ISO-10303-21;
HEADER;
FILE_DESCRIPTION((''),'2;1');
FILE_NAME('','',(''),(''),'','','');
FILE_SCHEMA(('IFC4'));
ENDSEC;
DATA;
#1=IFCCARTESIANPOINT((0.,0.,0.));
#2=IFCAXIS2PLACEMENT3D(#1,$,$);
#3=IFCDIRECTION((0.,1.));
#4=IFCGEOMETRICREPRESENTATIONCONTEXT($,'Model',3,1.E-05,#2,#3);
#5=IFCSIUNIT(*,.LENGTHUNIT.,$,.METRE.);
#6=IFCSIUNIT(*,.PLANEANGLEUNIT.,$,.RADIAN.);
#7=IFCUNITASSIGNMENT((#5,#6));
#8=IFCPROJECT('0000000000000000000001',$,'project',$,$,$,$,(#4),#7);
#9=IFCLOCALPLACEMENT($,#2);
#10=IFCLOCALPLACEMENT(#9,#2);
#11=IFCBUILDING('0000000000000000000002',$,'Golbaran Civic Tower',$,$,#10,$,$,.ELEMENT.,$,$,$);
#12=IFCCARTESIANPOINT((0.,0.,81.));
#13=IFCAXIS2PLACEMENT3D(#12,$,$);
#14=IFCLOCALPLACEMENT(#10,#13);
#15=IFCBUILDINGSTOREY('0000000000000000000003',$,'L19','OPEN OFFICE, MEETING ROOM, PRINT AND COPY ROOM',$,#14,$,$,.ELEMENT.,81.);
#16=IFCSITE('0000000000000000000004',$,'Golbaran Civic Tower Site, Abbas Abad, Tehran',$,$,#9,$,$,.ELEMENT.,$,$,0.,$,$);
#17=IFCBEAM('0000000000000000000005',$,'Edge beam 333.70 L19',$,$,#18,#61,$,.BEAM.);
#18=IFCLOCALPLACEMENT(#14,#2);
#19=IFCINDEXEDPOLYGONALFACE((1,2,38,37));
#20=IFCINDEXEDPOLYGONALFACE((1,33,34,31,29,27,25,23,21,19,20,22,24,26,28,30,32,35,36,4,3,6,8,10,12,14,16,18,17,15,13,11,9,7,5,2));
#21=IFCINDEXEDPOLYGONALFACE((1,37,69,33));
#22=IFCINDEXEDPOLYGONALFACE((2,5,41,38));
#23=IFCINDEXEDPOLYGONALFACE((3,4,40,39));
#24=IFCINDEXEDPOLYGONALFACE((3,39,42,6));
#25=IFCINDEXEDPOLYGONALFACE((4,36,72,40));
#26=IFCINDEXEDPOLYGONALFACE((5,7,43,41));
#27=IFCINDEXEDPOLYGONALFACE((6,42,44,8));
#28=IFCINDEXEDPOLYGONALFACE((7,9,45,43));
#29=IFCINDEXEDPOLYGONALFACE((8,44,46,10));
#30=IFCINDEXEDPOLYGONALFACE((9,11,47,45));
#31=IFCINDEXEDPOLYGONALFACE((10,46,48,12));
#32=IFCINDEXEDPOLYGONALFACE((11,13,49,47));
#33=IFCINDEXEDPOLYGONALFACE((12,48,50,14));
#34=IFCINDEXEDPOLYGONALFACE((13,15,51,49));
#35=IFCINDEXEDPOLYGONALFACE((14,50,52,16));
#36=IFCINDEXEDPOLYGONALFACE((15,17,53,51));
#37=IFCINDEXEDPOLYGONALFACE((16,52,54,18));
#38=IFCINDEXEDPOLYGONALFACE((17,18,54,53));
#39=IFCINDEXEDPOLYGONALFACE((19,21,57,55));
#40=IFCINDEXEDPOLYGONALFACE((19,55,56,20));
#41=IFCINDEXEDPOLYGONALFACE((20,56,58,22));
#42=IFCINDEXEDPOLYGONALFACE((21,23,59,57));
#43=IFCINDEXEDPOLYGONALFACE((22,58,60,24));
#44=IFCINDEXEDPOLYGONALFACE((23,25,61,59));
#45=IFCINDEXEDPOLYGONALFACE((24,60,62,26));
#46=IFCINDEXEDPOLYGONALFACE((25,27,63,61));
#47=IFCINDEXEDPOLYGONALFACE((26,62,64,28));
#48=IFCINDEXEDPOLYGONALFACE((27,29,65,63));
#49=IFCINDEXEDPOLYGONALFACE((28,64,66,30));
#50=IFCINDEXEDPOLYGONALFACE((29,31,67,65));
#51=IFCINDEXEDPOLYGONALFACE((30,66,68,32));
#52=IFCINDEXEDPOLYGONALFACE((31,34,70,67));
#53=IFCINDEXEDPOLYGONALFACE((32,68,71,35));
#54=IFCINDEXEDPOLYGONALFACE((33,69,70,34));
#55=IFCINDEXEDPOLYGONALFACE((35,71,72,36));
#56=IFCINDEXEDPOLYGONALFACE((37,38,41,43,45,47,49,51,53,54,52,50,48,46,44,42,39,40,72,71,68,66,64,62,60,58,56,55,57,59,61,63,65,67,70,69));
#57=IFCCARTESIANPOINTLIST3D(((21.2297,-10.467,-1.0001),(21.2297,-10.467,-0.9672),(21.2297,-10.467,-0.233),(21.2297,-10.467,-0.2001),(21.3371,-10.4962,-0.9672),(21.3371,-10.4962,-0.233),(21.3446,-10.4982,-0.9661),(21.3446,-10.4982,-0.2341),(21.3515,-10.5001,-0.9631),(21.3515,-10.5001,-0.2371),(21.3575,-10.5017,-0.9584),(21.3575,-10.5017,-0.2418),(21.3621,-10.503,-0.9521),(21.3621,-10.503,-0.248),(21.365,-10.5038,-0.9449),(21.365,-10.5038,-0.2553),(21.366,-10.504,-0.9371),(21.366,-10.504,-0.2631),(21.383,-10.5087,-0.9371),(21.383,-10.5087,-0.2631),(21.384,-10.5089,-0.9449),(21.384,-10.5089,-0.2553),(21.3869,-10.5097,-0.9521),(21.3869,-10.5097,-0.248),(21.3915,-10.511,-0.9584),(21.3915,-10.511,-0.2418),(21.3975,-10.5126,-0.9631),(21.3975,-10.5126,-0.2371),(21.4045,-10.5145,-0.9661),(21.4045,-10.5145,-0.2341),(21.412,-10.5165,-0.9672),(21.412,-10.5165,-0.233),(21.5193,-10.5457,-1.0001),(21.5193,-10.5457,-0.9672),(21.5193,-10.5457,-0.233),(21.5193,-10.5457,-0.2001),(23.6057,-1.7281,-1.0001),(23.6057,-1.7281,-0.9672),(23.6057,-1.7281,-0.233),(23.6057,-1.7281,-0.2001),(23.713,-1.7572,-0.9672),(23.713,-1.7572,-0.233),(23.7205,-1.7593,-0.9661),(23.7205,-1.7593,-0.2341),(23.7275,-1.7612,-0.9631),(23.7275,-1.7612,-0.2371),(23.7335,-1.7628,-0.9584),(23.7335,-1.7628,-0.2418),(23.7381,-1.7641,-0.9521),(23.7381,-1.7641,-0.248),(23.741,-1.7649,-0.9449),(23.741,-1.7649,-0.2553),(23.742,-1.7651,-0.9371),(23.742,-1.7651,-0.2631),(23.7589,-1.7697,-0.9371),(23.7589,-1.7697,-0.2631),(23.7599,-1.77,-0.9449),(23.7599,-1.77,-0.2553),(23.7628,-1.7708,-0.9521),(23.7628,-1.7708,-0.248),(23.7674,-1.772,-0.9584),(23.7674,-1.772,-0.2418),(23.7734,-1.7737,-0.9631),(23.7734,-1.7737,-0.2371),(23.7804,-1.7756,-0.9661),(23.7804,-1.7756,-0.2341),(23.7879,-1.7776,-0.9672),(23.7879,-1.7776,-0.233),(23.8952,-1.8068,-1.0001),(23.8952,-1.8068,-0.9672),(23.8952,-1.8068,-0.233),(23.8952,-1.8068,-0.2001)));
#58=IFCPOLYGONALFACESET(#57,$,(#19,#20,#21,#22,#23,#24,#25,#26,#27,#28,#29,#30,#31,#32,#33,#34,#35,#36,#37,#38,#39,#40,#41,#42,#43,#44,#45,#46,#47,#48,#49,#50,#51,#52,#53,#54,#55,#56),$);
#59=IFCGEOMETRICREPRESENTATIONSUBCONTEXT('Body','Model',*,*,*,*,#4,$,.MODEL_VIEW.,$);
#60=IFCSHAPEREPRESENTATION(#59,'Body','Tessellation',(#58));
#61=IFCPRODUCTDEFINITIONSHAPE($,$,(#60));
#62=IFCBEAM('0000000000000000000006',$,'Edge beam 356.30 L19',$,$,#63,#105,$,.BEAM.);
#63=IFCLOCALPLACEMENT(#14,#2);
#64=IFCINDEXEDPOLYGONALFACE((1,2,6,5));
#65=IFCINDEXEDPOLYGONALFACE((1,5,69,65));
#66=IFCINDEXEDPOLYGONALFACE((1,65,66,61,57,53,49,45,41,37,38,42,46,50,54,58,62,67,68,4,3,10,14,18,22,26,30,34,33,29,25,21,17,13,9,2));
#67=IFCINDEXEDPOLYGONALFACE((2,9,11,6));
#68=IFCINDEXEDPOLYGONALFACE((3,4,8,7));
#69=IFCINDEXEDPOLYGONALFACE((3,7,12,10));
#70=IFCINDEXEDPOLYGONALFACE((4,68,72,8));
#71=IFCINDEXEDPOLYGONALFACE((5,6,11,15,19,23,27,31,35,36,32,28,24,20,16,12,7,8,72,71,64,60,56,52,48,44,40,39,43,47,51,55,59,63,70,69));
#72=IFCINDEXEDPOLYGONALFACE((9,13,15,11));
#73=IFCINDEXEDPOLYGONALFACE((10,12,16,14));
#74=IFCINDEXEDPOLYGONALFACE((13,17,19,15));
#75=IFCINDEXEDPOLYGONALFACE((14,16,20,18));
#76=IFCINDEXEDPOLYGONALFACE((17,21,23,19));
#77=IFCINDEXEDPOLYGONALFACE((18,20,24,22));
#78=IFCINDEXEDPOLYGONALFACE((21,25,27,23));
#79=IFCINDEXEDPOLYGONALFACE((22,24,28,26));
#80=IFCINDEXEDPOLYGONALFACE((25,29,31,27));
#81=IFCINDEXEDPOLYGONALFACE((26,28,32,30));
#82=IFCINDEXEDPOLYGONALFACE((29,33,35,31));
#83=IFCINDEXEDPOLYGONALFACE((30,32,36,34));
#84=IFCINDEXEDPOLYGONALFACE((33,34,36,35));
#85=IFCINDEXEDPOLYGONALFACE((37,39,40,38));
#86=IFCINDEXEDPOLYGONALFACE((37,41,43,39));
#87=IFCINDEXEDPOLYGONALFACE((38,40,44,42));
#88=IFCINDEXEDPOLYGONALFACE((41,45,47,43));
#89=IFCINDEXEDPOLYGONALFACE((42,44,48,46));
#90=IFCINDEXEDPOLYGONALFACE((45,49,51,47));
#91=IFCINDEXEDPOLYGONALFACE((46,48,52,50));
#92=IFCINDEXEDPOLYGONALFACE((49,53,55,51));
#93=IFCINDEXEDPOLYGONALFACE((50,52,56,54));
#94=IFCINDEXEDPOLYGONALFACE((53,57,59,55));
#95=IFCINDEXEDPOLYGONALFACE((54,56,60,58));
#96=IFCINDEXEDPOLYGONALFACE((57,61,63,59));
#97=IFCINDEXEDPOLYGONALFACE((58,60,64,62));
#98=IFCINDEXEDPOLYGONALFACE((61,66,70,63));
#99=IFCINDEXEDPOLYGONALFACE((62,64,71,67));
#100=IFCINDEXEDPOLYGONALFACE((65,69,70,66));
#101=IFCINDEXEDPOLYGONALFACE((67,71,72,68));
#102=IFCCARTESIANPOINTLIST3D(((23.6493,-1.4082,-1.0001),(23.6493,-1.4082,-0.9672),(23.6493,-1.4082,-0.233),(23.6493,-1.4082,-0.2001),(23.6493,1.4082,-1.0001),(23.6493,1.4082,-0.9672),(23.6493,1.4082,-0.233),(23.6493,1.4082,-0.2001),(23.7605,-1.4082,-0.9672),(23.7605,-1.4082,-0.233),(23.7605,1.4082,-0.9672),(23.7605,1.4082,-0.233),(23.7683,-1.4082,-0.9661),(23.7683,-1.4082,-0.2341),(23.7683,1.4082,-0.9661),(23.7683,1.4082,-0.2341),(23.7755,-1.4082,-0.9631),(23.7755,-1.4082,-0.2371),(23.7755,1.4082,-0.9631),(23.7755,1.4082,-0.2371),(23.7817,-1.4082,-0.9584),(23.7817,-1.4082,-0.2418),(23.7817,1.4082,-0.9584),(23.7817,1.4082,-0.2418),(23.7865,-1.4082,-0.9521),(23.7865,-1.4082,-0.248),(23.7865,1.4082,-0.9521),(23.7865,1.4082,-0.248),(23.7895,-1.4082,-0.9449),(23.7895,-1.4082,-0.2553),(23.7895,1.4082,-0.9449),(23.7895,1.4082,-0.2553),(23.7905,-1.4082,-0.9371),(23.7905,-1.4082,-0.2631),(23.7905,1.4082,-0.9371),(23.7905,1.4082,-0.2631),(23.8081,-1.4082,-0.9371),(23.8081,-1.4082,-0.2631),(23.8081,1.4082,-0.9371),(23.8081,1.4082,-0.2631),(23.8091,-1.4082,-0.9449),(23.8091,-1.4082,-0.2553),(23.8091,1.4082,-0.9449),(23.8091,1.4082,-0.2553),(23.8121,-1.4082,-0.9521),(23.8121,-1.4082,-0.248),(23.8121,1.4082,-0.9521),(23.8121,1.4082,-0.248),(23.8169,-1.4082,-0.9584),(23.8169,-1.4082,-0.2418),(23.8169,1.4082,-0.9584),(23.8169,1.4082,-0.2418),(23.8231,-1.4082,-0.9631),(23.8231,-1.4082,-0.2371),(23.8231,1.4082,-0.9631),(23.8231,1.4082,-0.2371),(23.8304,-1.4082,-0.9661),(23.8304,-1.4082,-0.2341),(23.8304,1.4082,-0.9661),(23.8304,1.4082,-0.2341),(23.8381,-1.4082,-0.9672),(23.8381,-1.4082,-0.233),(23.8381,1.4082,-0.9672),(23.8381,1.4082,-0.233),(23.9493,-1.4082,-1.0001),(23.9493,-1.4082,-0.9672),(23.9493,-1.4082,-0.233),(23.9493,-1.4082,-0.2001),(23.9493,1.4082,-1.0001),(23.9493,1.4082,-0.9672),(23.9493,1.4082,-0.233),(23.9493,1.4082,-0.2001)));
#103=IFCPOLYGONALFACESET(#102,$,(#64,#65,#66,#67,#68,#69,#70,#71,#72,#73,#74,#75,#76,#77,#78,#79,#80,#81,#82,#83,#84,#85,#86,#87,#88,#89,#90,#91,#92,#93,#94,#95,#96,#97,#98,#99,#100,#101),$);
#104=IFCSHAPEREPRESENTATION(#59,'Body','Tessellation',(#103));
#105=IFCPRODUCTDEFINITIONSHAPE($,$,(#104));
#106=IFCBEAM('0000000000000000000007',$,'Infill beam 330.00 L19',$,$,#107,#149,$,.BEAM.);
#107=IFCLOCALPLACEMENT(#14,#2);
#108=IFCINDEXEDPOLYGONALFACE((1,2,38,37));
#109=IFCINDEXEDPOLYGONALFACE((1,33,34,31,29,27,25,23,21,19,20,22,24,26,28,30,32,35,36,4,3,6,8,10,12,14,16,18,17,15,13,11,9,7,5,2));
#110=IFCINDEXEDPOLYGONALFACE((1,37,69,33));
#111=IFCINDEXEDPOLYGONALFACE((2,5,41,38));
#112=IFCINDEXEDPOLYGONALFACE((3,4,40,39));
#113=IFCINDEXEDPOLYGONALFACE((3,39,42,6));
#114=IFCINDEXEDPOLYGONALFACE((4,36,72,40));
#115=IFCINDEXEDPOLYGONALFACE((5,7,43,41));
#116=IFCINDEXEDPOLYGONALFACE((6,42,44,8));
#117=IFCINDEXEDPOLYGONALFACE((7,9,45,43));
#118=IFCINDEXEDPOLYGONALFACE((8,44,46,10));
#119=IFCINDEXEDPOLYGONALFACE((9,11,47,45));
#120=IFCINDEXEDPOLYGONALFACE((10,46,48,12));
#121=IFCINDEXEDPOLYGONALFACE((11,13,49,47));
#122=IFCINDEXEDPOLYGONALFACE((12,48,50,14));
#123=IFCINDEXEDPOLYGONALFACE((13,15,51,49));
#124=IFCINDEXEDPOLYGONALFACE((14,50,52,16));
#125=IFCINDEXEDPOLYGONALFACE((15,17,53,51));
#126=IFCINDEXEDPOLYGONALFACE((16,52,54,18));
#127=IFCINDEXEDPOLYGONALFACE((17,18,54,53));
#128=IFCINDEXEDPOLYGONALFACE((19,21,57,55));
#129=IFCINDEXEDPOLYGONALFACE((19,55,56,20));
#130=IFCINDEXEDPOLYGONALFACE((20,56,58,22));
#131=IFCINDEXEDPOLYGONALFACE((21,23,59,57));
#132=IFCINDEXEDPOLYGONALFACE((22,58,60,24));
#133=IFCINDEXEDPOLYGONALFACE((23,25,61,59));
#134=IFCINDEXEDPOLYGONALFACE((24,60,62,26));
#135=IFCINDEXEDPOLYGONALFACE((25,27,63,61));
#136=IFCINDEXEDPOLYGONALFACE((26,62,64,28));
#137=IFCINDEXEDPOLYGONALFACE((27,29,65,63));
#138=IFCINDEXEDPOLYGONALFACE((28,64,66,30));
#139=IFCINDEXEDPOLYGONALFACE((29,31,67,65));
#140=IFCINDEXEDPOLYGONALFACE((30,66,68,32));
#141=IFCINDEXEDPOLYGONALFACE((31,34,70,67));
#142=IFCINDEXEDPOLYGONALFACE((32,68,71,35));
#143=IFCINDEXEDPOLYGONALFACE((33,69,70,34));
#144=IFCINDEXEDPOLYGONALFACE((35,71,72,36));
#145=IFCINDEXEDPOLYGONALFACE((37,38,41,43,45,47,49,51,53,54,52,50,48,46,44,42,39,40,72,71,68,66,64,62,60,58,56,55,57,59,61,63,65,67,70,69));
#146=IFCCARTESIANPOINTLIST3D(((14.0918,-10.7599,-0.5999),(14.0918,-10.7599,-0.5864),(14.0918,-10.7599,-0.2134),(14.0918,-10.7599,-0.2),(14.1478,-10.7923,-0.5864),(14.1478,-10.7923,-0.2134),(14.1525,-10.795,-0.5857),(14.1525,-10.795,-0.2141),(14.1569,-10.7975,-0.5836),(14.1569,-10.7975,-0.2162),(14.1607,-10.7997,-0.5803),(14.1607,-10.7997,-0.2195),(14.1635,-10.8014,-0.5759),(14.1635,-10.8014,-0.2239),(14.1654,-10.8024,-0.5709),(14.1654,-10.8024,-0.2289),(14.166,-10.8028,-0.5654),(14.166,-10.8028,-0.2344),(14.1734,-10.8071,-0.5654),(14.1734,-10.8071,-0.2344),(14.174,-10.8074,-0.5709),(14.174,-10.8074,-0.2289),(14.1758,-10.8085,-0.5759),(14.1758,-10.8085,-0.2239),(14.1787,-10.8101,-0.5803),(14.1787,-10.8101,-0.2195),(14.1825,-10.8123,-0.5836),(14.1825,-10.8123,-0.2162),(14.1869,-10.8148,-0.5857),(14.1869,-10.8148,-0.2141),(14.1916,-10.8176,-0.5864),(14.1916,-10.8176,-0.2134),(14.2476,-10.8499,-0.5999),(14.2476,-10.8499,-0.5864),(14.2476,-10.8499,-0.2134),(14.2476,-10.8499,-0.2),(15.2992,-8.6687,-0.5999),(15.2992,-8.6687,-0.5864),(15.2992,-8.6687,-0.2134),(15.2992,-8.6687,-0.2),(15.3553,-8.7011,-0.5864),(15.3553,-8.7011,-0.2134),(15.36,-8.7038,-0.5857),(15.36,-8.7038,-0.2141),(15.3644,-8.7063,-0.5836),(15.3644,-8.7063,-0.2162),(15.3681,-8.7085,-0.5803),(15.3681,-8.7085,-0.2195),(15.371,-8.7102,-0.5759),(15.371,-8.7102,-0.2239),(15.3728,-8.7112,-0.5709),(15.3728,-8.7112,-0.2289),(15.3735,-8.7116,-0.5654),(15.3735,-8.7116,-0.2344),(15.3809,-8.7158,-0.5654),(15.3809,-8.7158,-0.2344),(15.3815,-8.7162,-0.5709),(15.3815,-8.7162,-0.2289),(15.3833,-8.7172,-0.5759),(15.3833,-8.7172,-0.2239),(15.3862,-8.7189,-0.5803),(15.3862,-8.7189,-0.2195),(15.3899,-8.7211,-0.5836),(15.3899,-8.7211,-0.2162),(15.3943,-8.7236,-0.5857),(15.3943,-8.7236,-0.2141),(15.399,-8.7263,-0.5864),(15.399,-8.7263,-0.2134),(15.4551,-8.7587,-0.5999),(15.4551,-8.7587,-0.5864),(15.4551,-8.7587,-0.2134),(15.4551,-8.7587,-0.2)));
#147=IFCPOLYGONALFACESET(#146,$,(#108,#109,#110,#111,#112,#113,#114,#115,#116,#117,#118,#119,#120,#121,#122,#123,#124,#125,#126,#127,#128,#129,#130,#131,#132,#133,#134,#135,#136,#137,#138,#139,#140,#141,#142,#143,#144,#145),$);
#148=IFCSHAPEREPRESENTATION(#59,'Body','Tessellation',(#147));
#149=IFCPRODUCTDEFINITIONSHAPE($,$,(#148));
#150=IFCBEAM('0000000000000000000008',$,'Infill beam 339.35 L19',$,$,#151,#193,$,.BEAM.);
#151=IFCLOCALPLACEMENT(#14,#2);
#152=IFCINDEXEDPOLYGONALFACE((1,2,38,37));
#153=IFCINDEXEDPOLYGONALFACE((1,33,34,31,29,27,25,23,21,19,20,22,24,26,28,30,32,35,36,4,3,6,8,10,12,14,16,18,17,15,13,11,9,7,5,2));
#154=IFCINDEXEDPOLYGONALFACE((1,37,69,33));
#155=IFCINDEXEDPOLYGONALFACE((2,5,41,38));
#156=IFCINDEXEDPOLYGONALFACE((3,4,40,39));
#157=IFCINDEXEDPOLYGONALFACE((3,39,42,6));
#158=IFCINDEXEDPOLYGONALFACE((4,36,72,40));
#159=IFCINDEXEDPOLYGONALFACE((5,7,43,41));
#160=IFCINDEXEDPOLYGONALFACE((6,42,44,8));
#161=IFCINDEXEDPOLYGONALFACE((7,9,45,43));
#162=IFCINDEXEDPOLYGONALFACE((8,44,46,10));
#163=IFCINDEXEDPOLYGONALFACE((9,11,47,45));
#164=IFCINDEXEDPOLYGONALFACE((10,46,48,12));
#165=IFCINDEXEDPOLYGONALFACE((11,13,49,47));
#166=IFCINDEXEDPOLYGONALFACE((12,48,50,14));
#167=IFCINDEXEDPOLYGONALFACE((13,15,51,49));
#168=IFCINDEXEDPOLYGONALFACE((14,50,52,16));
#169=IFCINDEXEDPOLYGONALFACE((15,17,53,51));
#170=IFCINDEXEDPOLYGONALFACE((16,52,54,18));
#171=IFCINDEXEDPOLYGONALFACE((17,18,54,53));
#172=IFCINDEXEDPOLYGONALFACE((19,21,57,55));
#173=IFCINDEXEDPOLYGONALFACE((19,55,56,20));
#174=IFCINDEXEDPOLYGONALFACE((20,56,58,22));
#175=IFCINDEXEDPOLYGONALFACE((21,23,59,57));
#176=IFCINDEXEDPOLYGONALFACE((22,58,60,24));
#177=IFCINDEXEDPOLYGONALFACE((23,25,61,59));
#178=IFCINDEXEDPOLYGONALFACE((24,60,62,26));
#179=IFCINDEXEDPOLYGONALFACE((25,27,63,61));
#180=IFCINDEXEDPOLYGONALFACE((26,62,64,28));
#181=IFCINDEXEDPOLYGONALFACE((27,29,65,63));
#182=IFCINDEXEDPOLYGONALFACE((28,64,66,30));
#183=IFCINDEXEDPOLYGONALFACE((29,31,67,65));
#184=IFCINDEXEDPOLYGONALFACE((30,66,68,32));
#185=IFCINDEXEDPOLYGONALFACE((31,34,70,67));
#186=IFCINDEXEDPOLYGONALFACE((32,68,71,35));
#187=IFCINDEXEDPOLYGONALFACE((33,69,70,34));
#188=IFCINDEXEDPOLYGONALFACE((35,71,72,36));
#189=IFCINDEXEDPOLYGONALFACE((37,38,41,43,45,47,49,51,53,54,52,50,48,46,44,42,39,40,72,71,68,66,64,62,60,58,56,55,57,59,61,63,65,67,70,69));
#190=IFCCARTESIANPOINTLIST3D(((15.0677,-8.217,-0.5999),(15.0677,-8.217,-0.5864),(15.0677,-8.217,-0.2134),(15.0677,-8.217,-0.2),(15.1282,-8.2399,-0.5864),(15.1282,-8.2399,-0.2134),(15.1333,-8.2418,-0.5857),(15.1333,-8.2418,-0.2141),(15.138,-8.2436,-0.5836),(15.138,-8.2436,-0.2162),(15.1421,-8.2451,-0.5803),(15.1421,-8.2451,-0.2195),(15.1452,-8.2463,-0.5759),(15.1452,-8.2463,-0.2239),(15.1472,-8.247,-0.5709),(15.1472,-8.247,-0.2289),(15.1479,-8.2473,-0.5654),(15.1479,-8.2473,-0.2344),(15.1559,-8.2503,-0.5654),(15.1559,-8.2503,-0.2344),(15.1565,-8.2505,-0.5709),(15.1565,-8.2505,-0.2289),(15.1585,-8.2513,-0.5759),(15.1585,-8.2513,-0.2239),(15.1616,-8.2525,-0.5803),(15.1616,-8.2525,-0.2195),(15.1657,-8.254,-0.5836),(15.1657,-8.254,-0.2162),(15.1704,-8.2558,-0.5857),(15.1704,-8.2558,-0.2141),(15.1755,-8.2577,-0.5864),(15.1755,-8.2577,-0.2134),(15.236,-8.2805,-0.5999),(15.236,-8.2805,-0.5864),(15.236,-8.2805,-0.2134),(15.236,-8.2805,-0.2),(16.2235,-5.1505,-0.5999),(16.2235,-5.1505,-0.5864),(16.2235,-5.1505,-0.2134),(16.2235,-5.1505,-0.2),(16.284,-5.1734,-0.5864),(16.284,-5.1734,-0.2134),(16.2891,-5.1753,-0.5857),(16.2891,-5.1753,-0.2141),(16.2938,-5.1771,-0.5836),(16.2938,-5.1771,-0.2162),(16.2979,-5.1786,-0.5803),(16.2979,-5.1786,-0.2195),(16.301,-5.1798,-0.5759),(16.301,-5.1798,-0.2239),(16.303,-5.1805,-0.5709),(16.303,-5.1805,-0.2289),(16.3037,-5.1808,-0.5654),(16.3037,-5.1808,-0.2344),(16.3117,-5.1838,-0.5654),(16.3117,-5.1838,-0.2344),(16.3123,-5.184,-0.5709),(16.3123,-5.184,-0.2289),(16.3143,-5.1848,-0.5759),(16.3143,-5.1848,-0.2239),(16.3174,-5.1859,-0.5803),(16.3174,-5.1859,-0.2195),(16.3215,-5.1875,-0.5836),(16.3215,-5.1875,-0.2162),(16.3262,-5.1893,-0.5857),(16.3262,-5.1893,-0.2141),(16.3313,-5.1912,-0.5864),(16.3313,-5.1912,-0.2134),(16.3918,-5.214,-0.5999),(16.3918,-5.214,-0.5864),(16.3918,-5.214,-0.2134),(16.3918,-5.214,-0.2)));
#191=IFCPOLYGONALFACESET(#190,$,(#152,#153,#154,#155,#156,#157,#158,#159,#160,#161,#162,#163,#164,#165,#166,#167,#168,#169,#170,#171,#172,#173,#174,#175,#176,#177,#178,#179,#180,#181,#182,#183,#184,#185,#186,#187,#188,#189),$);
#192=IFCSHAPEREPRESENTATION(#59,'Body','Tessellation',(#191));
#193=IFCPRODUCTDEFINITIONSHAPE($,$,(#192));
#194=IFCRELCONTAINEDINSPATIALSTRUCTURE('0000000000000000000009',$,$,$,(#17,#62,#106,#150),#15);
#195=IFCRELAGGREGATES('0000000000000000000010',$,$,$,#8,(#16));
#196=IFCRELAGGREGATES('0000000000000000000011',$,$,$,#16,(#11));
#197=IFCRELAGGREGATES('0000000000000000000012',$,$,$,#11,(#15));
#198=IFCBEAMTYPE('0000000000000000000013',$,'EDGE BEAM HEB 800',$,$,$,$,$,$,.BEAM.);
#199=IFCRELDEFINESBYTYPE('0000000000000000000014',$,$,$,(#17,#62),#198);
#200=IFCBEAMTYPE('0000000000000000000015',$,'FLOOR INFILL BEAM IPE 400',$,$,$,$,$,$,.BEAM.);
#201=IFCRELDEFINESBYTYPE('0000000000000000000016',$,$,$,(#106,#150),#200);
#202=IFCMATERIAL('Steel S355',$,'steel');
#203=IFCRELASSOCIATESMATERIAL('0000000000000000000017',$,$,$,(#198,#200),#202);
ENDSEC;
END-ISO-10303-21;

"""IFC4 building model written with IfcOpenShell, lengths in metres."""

from ifc_helpers import new_model, si_unit, direction, frame, origin, origin_2d, place, context, subcontext, project, spatial, i_section, extrude, material, material_profile, profile_set, type_object, element, save


model = new_model("IFC4")

# Units and contexts
model_context = context("Model", 3, precision=1e-05, world=origin(), true_north=direction((0.0, 1.0)))
body_context = subcontext(model_context, "Body", "Model", "MODEL_VIEW")
ifc_project = project(units=[si_unit("LENGTHUNIT", "METRE"), si_unit("PLANEANGLEUNIT", "RADIAN")], contexts=[model_context])

# Site, building, storey
site_placement = place(None, origin())
site = spatial("IfcSite", under=ifc_project, at=site_placement, Name="Golbaran Civic Tower Site, Abbas Abad, Tehran", CompositionType="ELEMENT", RefElevation=0.0)
building_placement = place(site_placement, origin())
building = spatial("IfcBuilding", under=site, at=building_placement, Name="Golbaran Civic Tower", CompositionType="ELEMENT")
storey_placement = place(building_placement, frame((0.0, 0.0, 81.0)))
storey = spatial("IfcBuildingStorey", under=building, at=storey_placement, Name="L19", Description="OPEN OFFICE, MEETING ROOM, PRINT AND COPY ROOM", CompositionType="ELEMENT", Elevation=81.0)

# Beams
ifc_material_1 = material(Name="Steel S355", Category="steel")
ifc_material_profile_1 = material_profile(ifc_material_1, i_section(OverallWidth=0.3, OverallDepth=0.8, WebThickness=0.0176, FlangeThickness=0.033, FilletRadius=0.03, at=origin_2d()), Name="HEB 800")
ifc_profile_set_1 = profile_set([ifc_material_profile_1], Name="Steel S355")
beam_type_1 = type_object("IfcBeamType", Name="EDGE BEAM HEB 800", PredefinedType="BEAM", material=ifc_profile_set_1)
beam_1_placement = place(storey_placement, frame((21.3745, -10.5063, -0.6001), z_axis=(0.262358, 0.964971, 0.0), x_axis=(-0.964971, 0.262358, 0.0)))
element("IfcBeam", 1, at=beam_1_placement, inside=storey, type_object=beam_type_1, Name="Edge beam 333.70 L19", PredefinedType="BEAM", context=body_context, shape_type="SweptSolid", body=[
    extrude(i_section(OverallWidth=0.3, OverallDepth=0.8, WebThickness=0.0176, FlangeThickness=0.033, FilletRadius=0.03, at=origin_2d()), origin(), (0.0, 0.0, 1.0), 9.0562),
])
beam_2_placement = place(storey_placement, frame((23.7993, -1.4082, -0.6001), z_axis=(0.0, 1.0, 0.0), x_axis=(-1.0, 0.0, 0.0)))
element("IfcBeam", 2, at=beam_2_placement, inside=storey, type_object=beam_type_1, Name="Edge beam 356.30 L19", PredefinedType="BEAM", context=body_context, shape_type="SweptSolid", body=[
    extrude(i_section(OverallWidth=0.3, OverallDepth=0.8, WebThickness=0.0176, FlangeThickness=0.033, FilletRadius=0.03, at=origin_2d()), origin(), (0.0, 0.0, 1.0), 2.8164),
])
ifc_material_profile_2 = material_profile(ifc_material_1, i_section(OverallWidth=0.1799, OverallDepth=0.3999, WebThickness=0.0085, FlangeThickness=0.0134, FilletRadius=0.021, at=origin_2d()), Name="IPE 400")
ifc_profile_set_2 = profile_set([ifc_material_profile_2], Name="Steel S355")
beam_type_2 = type_object("IfcBeamType", Name="FLOOR INFILL BEAM IPE 400", PredefinedType="BEAM", material=ifc_profile_set_2)
beam_3_placement = place(storey_placement, frame((14.1697, -10.8049, -0.3999), z_axis=(0.500032, 0.866007, 0.0), x_axis=(-0.866007, 0.500032, 0.0)))
element("IfcBeam", 3, at=beam_3_placement, inside=storey, type_object=beam_type_2, Name="Infill beam 330.00 L19", PredefinedType="BEAM", context=body_context, shape_type="SweptSolid", body=[
    extrude(i_section(OverallWidth=0.1799, OverallDepth=0.3999, WebThickness=0.0085, FlangeThickness=0.0134, FilletRadius=0.021, at=origin_2d()), origin(), (0.0, 0.0, 1.0), 2.4148),
])
beam_4_placement = place(storey_placement, frame((15.1519, -8.2488, -0.3999), z_axis=(0.352691, 0.93574, 0.0), x_axis=(-0.93574, 0.352691, 0.0)))
element("IfcBeam", 4, at=beam_4_placement, inside=storey, type_object=beam_type_2, Name="Infill beam 339.35 L19", PredefinedType="BEAM", context=body_context, shape_type="SweptSolid", body=[
    extrude(i_section(OverallWidth=0.1799, OverallDepth=0.3999, WebThickness=0.0085, FlangeThickness=0.0134, FilletRadius=0.021, at=origin_2d()), origin(), (0.0, 0.0, 1.0), 3.2771),
])

save(model, "model.ifc")
